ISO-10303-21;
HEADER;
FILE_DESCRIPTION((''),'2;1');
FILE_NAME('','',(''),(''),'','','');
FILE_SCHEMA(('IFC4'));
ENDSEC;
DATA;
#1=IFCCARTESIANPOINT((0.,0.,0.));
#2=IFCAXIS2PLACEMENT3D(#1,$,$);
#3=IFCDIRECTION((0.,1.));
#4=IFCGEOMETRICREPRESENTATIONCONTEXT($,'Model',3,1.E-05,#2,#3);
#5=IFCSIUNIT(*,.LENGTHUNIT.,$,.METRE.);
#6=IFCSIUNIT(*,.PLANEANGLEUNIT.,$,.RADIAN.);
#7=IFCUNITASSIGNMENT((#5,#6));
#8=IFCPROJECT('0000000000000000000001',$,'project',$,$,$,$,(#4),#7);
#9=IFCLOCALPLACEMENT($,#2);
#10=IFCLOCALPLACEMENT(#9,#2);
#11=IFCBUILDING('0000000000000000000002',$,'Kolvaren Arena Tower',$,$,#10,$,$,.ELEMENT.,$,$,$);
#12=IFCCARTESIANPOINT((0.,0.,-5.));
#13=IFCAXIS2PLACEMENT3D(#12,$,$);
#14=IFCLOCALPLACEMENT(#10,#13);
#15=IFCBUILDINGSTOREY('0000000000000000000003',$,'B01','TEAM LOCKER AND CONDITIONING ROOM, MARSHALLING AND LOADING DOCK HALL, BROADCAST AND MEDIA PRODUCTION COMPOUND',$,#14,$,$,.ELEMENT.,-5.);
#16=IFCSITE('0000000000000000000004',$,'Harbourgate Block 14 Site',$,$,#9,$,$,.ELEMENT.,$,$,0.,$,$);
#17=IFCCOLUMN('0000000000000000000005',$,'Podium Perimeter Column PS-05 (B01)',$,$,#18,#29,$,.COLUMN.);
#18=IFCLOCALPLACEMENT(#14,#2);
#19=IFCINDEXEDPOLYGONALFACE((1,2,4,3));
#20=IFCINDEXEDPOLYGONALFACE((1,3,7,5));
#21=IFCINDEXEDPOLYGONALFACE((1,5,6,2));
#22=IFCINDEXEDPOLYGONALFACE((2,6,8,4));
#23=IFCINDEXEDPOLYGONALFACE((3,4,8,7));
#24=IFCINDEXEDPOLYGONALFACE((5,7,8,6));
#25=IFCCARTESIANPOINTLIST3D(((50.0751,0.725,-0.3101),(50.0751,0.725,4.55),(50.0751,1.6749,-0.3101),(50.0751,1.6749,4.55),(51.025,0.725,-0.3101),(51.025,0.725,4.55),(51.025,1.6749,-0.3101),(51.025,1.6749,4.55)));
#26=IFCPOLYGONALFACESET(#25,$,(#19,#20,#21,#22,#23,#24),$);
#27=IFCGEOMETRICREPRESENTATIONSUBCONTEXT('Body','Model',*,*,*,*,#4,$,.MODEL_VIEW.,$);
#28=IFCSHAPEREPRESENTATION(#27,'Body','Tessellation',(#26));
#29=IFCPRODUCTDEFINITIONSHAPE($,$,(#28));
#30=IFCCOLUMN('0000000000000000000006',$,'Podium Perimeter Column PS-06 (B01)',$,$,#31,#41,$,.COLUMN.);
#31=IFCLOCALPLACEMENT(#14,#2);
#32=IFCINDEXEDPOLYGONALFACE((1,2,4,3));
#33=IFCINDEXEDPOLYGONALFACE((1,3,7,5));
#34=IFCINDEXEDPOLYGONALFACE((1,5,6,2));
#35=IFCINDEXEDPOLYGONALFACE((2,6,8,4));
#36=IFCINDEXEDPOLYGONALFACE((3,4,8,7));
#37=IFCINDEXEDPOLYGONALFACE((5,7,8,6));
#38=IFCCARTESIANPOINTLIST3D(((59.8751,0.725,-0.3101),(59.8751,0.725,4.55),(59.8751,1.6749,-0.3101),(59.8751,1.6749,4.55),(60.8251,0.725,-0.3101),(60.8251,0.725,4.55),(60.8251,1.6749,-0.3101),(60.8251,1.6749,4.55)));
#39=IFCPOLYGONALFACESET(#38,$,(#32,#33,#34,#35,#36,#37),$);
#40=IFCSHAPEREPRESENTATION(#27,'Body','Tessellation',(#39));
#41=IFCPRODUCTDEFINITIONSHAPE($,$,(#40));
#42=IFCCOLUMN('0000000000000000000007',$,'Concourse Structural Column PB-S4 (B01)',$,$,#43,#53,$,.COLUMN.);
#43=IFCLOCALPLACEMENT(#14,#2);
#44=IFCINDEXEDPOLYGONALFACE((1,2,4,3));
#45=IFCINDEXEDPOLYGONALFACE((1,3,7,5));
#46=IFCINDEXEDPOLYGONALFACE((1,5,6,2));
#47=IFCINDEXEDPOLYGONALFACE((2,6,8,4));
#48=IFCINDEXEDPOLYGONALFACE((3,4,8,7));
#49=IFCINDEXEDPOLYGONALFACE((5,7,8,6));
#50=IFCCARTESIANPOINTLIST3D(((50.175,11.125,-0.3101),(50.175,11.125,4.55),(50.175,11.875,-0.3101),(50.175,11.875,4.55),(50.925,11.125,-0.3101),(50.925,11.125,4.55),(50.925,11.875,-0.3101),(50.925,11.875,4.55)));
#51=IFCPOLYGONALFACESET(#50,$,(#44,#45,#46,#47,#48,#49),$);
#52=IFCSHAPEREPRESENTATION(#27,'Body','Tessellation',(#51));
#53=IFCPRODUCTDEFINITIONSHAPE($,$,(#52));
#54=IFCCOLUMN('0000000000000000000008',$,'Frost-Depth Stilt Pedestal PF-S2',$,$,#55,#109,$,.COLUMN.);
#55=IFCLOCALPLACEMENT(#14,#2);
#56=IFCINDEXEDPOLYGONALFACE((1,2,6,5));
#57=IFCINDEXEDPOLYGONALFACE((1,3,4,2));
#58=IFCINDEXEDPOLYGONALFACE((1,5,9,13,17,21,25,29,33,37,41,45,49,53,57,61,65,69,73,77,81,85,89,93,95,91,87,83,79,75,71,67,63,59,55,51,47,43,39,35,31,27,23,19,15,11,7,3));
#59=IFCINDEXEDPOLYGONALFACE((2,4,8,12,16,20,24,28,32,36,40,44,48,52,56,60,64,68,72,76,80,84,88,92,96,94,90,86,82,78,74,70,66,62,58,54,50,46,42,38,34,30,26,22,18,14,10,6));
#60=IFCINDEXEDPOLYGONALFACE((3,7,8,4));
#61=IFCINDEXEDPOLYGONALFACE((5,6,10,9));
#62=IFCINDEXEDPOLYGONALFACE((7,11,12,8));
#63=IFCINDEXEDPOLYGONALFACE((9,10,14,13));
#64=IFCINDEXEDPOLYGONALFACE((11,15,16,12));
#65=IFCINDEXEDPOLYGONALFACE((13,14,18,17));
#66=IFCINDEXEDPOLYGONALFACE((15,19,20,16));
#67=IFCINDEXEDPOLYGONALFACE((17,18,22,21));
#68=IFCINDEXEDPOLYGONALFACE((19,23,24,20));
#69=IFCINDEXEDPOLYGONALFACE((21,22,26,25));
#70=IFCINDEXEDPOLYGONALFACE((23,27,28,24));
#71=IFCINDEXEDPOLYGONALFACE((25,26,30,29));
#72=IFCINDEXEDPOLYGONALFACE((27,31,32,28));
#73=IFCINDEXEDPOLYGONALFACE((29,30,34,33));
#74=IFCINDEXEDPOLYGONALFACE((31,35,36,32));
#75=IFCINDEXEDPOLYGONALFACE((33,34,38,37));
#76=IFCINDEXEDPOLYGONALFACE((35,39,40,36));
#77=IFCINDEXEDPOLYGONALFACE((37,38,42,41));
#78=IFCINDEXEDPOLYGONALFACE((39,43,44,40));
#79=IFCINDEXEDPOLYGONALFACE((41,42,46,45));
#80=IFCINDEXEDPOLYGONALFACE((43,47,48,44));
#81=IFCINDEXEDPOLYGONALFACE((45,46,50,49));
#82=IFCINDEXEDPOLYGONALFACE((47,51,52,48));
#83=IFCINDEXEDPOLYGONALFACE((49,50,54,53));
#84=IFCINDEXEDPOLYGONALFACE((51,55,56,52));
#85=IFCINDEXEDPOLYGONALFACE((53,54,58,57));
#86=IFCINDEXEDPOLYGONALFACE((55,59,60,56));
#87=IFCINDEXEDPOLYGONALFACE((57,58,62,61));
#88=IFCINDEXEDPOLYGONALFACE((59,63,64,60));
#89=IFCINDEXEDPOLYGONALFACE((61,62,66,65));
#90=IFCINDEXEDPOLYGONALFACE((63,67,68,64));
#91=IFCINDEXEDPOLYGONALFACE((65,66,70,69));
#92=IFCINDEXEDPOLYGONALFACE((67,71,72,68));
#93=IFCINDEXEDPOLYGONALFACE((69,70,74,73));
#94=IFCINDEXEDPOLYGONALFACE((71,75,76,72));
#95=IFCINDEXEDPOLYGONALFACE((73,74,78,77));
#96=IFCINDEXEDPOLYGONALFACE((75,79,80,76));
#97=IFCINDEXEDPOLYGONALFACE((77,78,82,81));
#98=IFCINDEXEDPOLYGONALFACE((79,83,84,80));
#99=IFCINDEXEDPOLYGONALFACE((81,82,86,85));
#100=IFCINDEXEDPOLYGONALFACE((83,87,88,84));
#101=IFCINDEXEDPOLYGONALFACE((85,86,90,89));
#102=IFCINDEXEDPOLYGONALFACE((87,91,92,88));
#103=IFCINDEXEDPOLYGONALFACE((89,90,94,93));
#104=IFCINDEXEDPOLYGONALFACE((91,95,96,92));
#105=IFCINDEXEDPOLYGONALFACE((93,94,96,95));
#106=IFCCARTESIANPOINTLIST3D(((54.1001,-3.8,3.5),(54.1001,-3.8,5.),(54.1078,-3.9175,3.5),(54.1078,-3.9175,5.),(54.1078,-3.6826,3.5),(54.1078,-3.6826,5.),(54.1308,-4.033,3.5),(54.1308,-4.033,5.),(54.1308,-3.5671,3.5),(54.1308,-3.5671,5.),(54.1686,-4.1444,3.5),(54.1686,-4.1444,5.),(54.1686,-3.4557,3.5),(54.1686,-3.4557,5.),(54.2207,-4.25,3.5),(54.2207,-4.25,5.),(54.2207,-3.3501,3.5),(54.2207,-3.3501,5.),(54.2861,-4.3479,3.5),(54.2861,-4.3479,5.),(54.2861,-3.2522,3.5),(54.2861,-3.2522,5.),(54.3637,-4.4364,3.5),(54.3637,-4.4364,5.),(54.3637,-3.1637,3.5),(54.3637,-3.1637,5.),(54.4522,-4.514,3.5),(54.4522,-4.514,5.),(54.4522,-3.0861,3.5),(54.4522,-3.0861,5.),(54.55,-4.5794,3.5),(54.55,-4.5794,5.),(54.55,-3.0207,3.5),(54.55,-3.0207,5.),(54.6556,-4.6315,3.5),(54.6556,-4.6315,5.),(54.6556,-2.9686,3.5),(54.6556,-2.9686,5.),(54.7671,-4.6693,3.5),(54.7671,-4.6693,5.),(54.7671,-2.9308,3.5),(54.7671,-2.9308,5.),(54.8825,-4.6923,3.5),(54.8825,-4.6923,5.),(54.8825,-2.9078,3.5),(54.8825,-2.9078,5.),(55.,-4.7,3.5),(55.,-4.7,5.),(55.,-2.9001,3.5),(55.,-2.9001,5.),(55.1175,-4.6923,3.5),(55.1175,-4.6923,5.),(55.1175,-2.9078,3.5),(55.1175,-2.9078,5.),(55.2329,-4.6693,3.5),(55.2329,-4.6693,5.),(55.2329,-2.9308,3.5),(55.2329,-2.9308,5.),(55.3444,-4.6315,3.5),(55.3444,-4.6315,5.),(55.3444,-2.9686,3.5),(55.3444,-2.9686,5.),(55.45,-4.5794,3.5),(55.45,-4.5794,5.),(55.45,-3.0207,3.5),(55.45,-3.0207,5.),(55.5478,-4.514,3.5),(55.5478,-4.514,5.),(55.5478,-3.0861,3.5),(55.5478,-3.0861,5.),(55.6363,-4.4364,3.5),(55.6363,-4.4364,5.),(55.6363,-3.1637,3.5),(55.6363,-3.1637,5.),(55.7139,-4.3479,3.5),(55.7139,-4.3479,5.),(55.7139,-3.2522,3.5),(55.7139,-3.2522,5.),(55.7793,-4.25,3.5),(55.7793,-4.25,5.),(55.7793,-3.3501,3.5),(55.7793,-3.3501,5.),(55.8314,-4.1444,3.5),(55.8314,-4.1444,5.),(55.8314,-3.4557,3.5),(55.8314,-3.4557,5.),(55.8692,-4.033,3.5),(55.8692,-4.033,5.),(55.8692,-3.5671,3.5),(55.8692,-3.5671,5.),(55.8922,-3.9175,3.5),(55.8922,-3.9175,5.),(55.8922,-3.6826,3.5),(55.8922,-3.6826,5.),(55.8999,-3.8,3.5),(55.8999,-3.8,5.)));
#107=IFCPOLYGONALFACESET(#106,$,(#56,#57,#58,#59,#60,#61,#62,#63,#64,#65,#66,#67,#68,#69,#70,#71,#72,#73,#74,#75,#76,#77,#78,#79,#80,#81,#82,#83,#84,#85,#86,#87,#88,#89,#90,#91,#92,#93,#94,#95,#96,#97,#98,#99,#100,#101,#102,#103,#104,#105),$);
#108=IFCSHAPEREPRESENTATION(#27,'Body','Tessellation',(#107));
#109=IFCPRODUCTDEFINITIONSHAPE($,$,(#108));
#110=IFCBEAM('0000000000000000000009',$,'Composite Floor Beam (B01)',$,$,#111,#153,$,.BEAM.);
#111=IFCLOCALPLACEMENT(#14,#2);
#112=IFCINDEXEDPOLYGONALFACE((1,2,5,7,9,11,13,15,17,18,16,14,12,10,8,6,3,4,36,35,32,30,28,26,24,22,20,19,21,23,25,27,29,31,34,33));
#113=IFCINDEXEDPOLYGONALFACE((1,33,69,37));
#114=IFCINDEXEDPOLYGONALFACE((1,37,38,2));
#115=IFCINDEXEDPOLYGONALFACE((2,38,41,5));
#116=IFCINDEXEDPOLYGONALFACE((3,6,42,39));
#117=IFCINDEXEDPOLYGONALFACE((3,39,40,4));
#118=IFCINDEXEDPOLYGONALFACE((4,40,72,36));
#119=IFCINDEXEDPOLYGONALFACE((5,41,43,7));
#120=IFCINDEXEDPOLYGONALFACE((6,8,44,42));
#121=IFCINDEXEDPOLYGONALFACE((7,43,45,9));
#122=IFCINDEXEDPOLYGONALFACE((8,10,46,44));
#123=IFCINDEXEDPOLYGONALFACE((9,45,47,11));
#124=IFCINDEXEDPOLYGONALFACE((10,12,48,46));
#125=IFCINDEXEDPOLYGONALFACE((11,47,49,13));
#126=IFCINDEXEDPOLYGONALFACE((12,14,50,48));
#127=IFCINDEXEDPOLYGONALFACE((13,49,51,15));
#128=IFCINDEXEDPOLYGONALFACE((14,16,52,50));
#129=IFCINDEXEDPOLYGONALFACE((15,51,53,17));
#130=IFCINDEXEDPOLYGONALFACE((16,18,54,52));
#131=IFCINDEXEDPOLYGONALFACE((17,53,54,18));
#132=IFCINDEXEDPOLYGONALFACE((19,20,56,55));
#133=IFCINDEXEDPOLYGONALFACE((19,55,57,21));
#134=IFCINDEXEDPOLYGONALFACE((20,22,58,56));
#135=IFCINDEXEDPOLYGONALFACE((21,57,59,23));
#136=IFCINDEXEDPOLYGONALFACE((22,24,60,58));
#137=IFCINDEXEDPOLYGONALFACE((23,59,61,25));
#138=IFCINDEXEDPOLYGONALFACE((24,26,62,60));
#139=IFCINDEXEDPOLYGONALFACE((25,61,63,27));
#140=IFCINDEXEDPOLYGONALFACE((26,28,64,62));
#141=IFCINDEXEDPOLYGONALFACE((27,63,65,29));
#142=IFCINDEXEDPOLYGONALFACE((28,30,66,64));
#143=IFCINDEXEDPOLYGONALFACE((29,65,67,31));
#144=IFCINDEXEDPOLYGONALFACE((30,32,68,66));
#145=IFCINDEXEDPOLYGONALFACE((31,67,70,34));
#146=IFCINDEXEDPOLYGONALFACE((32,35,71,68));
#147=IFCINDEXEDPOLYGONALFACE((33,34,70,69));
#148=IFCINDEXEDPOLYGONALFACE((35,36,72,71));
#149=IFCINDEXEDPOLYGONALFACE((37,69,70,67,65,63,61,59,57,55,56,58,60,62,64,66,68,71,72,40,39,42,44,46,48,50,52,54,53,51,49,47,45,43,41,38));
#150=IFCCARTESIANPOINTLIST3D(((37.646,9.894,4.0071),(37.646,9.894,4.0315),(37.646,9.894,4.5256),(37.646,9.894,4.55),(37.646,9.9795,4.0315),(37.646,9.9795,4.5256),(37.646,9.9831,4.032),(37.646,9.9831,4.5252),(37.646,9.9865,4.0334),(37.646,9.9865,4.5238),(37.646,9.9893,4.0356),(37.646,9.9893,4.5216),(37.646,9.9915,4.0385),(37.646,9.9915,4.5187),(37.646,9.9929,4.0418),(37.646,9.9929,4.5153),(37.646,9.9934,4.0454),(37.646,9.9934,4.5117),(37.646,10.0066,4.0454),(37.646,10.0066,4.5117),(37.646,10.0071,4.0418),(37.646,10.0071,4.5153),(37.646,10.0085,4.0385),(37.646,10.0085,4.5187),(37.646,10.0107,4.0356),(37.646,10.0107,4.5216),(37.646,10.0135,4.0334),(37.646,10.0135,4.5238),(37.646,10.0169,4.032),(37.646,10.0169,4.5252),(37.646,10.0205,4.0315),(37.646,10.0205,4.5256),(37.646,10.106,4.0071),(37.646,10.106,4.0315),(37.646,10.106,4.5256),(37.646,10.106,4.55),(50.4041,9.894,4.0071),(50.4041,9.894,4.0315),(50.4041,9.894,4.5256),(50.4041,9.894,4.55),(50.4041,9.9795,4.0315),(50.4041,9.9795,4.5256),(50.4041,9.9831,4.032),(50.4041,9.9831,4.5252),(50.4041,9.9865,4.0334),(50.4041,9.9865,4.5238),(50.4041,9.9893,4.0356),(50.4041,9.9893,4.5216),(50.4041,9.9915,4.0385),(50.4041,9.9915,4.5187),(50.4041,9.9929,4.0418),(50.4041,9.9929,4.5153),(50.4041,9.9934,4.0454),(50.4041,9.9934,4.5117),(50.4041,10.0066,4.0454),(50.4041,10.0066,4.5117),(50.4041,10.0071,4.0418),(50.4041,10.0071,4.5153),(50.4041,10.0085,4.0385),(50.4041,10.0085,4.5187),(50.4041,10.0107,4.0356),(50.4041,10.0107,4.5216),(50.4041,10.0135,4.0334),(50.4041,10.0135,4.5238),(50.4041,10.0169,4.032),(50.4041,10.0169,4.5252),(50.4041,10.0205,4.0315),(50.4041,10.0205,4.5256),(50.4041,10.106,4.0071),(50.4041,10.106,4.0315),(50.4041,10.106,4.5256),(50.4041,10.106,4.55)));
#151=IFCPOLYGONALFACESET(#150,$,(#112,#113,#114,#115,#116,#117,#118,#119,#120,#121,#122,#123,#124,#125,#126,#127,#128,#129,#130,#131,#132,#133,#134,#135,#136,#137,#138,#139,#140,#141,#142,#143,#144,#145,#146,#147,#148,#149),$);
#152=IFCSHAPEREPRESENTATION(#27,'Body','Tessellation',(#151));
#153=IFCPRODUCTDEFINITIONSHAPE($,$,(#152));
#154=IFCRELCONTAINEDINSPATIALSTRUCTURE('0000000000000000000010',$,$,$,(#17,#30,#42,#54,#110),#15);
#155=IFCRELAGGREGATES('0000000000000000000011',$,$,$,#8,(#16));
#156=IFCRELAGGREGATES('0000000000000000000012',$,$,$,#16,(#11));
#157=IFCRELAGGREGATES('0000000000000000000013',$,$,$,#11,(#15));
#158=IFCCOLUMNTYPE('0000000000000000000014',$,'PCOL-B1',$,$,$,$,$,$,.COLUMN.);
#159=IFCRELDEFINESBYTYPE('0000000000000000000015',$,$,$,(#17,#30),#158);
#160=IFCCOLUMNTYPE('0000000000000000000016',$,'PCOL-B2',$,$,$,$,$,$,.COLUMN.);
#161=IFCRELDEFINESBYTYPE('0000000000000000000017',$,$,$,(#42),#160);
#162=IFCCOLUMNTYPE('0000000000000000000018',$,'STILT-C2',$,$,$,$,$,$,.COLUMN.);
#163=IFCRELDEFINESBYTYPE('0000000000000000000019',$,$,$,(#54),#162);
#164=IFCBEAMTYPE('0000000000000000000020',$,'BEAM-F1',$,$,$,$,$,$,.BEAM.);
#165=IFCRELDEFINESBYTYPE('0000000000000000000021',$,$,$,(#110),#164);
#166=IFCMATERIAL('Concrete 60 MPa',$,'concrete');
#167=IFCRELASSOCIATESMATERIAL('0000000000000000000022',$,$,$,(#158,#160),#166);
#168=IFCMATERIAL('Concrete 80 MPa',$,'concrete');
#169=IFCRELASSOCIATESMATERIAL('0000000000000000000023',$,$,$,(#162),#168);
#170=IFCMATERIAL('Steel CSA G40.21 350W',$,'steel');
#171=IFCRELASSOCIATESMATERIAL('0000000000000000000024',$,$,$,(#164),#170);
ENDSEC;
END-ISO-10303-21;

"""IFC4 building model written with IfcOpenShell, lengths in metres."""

from ifc_helpers import new_model, si_unit, direction, frame, origin, origin_2d, place, context, subcontext, project, spatial, rectangle, circle, i_section, extrude, material, material_profile, profile_set, type_object, element, save


model = new_model("IFC4")

# Units and contexts
model_context = context("Model", 3, precision=1e-05, world=origin(), true_north=direction((0.0, 1.0)))
body_context = subcontext(model_context, "Body", "Model", "MODEL_VIEW")
ifc_project = project(units=[si_unit("LENGTHUNIT", "METRE"), si_unit("PLANEANGLEUNIT", "RADIAN")], contexts=[model_context])

# Site, building, storey
site_placement = place(None, origin())
site = spatial("IfcSite", under=ifc_project, at=site_placement, Name="Harbourgate Block 14 Site", CompositionType="ELEMENT", RefElevation=0.0)
building_placement = place(site_placement, origin())
building = spatial("IfcBuilding", under=site, at=building_placement, Name="Kolvaren Arena Tower", CompositionType="ELEMENT")
storey_placement = place(building_placement, frame((0.0, 0.0, -5.0)))
storey = spatial("IfcBuildingStorey", under=building, at=storey_placement, Name="B01", Description="TEAM LOCKER AND CONDITIONING ROOM, MARSHALLING AND LOADING DOCK HALL, BROADCAST AND MEDIA PRODUCTION COMPOUND", CompositionType="ELEMENT", Elevation=-5.0)

# Columns
ifc_material_1 = material(Name="Concrete 60 MPa", Category="concrete")
ifc_material_profile_1 = material_profile(ifc_material_1, rectangle(XDim=0.95, YDim=0.95, at=origin_2d()), Name="RC-950x950")
ifc_profile_set_1 = profile_set([ifc_material_profile_1], Name="Concrete 60 MPa")
column_type_1 = type_object("IfcColumnType", Name="PCOL-B1", PredefinedType="COLUMN", material=ifc_profile_set_1)
for number, where, z_axis, x_axis, name in (
    (1, (50.55, 1.2, -0.3101), (0.0, 0.0, 1.0), (1.0, 0.0, 0.0), "Podium Perimeter Column PS-05 (B01)"),
    (2, (60.3501, 1.2, -0.3101), (0.0, 0.0, 1.0), (1.0, 0.0, 0.0), "Podium Perimeter Column PS-06 (B01)"),
):
    element("IfcColumn", number, at=place(storey_placement, frame(where, z_axis=z_axis, x_axis=x_axis)), inside=storey, type_object=column_type_1, Name=name, PredefinedType="COLUMN", context=body_context, shape_type="SweptSolid", body=[
        extrude(rectangle(XDim=0.95, YDim=0.95, at=origin_2d()), origin(), (0.0, 0.0, 1.0), 4.8601),
    ])
ifc_material_profile_2 = material_profile(ifc_material_1, rectangle(XDim=0.75, YDim=0.75, at=origin_2d()), Name="RC-750x750")
ifc_profile_set_2 = profile_set([ifc_material_profile_2], Name="Concrete 60 MPa")
column_type_2 = type_object("IfcColumnType", Name="PCOL-B2", PredefinedType="COLUMN", material=ifc_profile_set_2)
column_1_placement = place(storey_placement, frame((50.55, 11.5, -0.3101), z_axis=(0.0, 0.0, 1.0), x_axis=(1.0, 0.0, 0.0)))
element("IfcColumn", 3, at=column_1_placement, inside=storey, type_object=column_type_2, Name="Concourse Structural Column PB-S4 (B01)", PredefinedType="COLUMN", context=body_context, shape_type="SweptSolid", body=[
    extrude(rectangle(XDim=0.75, YDim=0.75, at=origin_2d()), origin(), (0.0, 0.0, 1.0), 4.8601),
])
ifc_material_2 = material(Name="Concrete 80 MPa", Category="concrete")
ifc_material_profile_3 = material_profile(ifc_material_2, circle(Radius=0.8999, at=origin_2d()), Name="RC-CIRC-1800")
ifc_profile_set_3 = profile_set([ifc_material_profile_3], Name="Concrete 80 MPa")
column_type_3 = type_object("IfcColumnType", Name="STILT-C2", PredefinedType="COLUMN", material=ifc_profile_set_3)
column_2_placement = place(storey_placement, frame((55.0, -3.8, 3.5), z_axis=(0.0, 0.0, 1.0), x_axis=(1.0, 0.0, 0.0)))
element("IfcColumn", 4, at=column_2_placement, inside=storey, type_object=column_type_3, Name="Frost-Depth Stilt Pedestal PF-S2", PredefinedType="COLUMN", context=body_context, shape_type="SweptSolid", body=[
    extrude(circle(Radius=0.8999, at=origin_2d()), origin(), (0.0, 0.0, 1.0), 1.5),
])

# Beam
ifc_material_3 = material(Name="Steel CSA G40.21 350W", Category="steel")
ifc_material_profile_4 = material_profile(ifc_material_3, i_section(OverallWidth=0.2119, OverallDepth=0.543, WebThickness=0.0132, FlangeThickness=0.0244, FilletRadius=0.0139, at=origin_2d()), Name="W530x150")
ifc_profile_set_4 = profile_set([ifc_material_profile_4], Name="Steel CSA G40.21 350W")
beam_type_1 = type_object("IfcBeamType", Name="BEAM-F1", PredefinedType="BEAM", material=ifc_profile_set_4)
beam_1_placement = place(storey_placement, frame((37.646, 10.0, 4.2786), z_axis=(1.0, 0.0, 0.0), x_axis=(0.0, 1.0, 0.0)))
element("IfcBeam", 5, at=beam_1_placement, inside=storey, type_object=beam_type_1, Name="Composite Floor Beam (B01)", PredefinedType="BEAM", context=body_context, shape_type="SweptSolid", body=[
    extrude(i_section(OverallWidth=0.2119, OverallDepth=0.543, WebThickness=0.0132, FlangeThickness=0.0244, FilletRadius=0.0139, at=origin_2d()), origin(), (0.0, 0.0, 1.0), 12.7581),
])

save(model, "model.ifc")
